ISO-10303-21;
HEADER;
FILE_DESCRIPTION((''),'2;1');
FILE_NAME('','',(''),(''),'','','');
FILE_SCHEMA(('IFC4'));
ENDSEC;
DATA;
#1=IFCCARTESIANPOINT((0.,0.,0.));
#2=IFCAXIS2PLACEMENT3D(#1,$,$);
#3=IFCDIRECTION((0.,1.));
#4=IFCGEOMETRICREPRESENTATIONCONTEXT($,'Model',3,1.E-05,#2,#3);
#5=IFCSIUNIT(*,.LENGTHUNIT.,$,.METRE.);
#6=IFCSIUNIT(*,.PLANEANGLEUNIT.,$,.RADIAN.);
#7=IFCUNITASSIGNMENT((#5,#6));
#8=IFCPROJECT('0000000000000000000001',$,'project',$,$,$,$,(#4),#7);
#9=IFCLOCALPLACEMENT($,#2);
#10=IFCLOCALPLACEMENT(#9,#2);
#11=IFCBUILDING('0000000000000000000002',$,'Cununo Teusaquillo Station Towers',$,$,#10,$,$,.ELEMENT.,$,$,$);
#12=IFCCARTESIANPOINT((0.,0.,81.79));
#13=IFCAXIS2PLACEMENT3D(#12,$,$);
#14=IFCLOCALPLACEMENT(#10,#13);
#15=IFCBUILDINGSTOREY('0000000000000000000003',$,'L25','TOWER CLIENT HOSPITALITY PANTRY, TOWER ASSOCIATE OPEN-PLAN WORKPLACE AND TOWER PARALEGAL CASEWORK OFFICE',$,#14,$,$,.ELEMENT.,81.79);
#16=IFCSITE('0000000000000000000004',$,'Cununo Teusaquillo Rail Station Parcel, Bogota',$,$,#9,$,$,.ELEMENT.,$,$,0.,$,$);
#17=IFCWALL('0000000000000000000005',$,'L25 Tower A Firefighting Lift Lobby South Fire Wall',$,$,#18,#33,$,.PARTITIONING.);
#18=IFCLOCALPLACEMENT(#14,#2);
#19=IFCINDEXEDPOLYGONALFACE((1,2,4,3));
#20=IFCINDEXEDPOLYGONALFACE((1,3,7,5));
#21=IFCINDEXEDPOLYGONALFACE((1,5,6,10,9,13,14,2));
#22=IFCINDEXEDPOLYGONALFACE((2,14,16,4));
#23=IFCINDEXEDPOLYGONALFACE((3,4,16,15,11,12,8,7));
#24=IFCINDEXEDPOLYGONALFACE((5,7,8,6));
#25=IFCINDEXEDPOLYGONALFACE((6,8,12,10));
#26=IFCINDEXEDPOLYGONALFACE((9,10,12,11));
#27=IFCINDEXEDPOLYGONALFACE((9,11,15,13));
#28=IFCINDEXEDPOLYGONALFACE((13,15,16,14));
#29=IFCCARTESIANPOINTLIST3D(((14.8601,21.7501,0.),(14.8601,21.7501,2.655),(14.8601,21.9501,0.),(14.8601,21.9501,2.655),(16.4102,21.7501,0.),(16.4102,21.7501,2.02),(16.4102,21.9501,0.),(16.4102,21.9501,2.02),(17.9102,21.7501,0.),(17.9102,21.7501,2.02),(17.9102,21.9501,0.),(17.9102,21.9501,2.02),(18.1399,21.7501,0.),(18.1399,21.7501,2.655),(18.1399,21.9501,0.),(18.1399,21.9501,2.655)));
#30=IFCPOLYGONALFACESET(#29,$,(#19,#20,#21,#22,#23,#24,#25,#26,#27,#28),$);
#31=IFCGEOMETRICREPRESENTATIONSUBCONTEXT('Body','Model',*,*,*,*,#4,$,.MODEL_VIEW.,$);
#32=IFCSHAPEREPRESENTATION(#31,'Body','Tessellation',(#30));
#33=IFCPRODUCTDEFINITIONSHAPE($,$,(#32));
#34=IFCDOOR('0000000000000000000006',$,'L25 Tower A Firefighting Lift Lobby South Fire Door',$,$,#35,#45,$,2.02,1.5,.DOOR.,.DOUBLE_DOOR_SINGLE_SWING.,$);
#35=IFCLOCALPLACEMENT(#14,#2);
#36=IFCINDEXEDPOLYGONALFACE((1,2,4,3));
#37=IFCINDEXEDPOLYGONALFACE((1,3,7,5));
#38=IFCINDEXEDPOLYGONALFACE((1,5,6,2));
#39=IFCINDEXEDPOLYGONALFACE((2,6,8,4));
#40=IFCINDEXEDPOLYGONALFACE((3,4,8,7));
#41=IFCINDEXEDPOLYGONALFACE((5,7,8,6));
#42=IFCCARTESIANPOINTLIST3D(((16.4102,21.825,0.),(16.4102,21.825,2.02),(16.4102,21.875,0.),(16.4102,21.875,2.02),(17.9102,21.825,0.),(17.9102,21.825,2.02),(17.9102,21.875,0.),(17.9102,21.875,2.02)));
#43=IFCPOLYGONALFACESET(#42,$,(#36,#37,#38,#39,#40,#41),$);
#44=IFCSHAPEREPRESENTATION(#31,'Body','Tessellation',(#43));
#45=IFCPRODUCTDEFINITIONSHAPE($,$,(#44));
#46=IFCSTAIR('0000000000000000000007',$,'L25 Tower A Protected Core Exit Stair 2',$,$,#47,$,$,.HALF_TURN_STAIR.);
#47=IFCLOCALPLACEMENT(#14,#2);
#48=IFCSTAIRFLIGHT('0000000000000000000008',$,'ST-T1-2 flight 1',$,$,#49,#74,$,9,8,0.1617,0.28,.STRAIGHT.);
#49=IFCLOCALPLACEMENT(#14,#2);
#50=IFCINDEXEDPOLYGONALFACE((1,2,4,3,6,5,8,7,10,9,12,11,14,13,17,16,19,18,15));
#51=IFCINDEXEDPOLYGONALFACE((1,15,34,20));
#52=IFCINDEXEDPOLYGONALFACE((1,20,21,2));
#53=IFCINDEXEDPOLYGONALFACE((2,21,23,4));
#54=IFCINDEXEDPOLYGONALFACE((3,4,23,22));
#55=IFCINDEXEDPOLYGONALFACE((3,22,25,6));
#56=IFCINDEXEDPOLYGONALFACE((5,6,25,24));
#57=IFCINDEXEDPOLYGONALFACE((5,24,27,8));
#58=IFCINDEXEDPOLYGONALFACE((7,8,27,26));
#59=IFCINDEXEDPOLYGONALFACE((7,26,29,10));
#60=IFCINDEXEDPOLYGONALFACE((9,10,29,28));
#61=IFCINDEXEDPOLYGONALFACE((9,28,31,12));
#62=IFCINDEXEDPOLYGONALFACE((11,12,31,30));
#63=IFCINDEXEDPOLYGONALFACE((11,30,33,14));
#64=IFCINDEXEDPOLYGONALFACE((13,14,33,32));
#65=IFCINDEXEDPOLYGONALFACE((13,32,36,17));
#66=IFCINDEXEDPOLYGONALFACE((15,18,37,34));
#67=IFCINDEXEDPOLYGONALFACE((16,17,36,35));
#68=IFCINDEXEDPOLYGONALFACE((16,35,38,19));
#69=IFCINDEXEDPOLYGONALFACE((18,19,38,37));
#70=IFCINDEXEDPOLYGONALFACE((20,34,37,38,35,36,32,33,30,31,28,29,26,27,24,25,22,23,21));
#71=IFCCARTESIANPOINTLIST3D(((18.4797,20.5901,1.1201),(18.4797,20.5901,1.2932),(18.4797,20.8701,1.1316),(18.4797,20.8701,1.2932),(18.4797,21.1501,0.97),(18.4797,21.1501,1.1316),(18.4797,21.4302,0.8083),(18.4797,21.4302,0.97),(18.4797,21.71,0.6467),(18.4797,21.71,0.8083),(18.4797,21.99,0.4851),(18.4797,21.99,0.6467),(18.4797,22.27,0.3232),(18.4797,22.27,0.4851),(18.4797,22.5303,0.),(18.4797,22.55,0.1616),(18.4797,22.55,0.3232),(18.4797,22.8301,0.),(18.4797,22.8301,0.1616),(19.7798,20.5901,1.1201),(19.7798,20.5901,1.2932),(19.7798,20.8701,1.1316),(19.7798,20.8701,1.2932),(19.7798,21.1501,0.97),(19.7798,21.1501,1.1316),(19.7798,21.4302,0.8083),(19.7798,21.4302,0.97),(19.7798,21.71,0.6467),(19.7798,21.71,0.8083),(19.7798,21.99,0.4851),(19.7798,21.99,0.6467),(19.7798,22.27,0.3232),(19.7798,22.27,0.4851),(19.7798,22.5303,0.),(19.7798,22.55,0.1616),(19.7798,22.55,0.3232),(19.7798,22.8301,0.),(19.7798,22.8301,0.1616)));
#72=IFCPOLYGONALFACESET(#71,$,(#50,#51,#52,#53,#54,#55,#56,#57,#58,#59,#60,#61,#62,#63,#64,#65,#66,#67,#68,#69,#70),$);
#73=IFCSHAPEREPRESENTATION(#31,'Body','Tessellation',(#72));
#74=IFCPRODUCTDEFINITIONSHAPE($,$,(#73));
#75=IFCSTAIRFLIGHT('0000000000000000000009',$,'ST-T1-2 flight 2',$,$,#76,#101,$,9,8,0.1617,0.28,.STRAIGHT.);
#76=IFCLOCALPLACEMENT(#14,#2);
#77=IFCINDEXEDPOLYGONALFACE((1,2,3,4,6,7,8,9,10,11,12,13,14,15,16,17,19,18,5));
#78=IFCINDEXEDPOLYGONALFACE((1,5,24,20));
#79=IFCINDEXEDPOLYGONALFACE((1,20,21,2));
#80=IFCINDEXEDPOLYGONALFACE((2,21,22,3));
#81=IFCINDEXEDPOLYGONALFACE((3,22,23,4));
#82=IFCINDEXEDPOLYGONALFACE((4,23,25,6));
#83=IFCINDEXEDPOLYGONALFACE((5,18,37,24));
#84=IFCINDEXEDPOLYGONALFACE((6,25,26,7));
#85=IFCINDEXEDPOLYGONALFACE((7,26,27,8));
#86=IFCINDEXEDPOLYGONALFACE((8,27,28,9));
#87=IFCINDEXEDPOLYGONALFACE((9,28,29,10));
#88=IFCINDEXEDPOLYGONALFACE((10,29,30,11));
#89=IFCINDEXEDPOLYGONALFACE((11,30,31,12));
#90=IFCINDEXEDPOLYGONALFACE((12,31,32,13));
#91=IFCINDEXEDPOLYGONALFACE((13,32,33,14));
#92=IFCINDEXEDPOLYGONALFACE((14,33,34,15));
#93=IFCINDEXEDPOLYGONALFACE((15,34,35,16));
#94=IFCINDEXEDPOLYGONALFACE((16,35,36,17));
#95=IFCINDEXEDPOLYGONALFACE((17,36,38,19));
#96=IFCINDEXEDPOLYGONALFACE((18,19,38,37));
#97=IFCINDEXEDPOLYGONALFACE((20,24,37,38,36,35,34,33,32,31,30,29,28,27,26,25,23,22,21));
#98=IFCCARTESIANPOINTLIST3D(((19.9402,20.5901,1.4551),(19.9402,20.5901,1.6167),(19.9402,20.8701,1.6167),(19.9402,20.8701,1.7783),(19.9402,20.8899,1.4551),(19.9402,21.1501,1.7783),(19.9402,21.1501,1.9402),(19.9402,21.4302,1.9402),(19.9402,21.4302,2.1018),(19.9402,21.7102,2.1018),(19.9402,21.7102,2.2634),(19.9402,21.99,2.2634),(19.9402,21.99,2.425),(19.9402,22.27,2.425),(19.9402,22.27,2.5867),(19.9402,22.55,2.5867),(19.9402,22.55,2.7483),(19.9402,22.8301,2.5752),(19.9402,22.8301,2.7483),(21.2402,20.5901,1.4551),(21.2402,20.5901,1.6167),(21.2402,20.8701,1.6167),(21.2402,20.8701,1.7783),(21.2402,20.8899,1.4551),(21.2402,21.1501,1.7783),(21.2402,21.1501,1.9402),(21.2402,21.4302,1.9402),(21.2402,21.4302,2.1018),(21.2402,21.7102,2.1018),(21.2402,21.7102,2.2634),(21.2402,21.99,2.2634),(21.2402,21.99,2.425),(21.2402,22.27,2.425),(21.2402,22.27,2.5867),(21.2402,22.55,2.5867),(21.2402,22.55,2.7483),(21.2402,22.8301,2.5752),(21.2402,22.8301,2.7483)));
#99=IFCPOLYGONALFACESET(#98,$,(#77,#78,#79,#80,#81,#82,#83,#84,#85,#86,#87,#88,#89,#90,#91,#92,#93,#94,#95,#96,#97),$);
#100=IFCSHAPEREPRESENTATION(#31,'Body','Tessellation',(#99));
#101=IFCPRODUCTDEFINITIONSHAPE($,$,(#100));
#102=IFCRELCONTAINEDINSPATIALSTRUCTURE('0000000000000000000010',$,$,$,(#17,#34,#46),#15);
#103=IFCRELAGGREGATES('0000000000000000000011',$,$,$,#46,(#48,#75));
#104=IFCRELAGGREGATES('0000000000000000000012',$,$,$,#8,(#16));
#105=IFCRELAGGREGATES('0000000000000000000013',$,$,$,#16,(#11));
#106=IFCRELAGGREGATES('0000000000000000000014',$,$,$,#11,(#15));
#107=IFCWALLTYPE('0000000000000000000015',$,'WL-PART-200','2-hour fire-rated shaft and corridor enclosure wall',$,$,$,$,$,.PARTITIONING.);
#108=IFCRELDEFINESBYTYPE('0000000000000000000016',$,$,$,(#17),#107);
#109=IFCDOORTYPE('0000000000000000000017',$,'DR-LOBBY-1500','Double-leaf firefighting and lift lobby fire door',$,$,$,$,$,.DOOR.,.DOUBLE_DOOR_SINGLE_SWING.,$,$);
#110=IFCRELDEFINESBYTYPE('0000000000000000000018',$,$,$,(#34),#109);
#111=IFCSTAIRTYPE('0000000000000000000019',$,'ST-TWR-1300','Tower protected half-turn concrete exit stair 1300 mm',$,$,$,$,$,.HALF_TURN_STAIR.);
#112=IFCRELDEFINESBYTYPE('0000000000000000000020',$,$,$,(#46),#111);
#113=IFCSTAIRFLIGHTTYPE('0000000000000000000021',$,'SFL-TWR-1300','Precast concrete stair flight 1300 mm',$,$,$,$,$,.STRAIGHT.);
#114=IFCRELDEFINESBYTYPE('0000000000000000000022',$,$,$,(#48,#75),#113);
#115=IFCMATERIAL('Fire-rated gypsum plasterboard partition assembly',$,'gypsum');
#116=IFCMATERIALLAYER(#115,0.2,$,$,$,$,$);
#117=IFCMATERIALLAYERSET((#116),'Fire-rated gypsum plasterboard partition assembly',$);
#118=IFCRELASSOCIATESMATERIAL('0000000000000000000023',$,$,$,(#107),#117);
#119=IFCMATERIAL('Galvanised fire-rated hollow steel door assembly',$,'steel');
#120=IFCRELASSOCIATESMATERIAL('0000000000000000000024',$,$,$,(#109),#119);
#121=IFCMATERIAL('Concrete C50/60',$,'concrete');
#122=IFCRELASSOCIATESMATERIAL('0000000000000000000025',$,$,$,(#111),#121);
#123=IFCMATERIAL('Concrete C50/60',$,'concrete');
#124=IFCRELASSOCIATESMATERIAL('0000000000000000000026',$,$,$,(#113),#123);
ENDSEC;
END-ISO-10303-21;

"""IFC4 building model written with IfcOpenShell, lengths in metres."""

from ifc_helpers import new_model, si_unit, direction, frame, frame_2d, origin, place, context, subcontext, project, spatial, polyline, rectangle, outline, extrude, source, transform, mapped, material, layer, layer_set, type_object, element, fill, aggregate, save


model = new_model("IFC4")

# Units and contexts
model_context = context("Model", 3, precision=1e-05, world=origin(), true_north=direction((0.0, 1.0)))
body_context = subcontext(model_context, "Body", "Model", "MODEL_VIEW")
ifc_project = project(units=[si_unit("LENGTHUNIT", "METRE"), si_unit("PLANEANGLEUNIT", "RADIAN")], contexts=[model_context])

# Site, building, storey
site_placement = place(None, origin())
site = spatial("IfcSite", under=ifc_project, at=site_placement, Name="Cununo Teusaquillo Rail Station Parcel, Bogota", CompositionType="ELEMENT", RefElevation=0.0)
building_placement = place(site_placement, origin())
building = spatial("IfcBuilding", under=site, at=building_placement, Name="Cununo Teusaquillo Station Towers", CompositionType="ELEMENT")
storey_placement = place(building_placement, frame((0.0, 0.0, 81.79)))
storey = spatial("IfcBuildingStorey", under=building, at=storey_placement, Name="L25", Description="TOWER CLIENT HOSPITALITY PANTRY, TOWER ASSOCIATE OPEN-PLAN WORKPLACE AND TOWER PARALEGAL CASEWORK OFFICE", CompositionType="ELEMENT", Elevation=81.79)

# Wall, opening, door
ifc_material_1 = material(Name="Fire-rated gypsum plasterboard partition assembly", Category="gypsum")
ifc_layer_1 = layer(ifc_material_1, 0.2)
ifc_layer_set_1 = layer_set([ifc_layer_1], Name="Fire-rated gypsum plasterboard partition assembly")
wall_type_1 = type_object("IfcWallType", Name="WL-PART-200", Description="2-hour fire-rated shaft and corridor enclosure wall", PredefinedType="PARTITIONING", material=ifc_layer_set_1)
wall_1_placement = place(storey_placement, frame((14.8601, 21.8501, 0.0), z_axis=(0.0, 0.0, 1.0), x_axis=(1.0, 0.0, 0.0)))
wall_1 = element("IfcWall", 1, at=wall_1_placement, inside=storey, type_object=wall_type_1, Name="L25 Tower A Firefighting Lift Lobby South Fire Wall", PredefinedType="PARTITIONING", context=body_context, shape_type="SweptSolid", body=[
    extrude(rectangle(XDim=3.2798, YDim=0.2, at=frame_2d((1.6399, 0.0))), origin(), (0.0, 0.0, 1.0), 2.655),
])
shared_shape_1 = source(origin(), body_context, "Body", "SweptSolid", [
    extrude(rectangle(XDim=1.5, YDim=2.02, at=frame_2d((0.75, 1.01))), frame((0.0, 0.1099, 0.0), z_axis=(0.0, -1.0, 0.0), x_axis=(1.0, 0.0, 0.0)), (0.0, 0.0, 1.0), 0.22),
])
opening_1_placement = place(wall_1_placement, frame((1.55, 0.0, 0.0)))
opening_1 = element("IfcOpeningElement", 2, at=opening_1_placement, cuts=wall_1, PredefinedType="OPENING", context=body_context, shape_type="MappedRepresentation", body=[
    mapped(shared_shape_1, transform((0.0, 0.0, 0.0), x_axis=(1.0, 0.0, 0.0), y_axis=(0.0, 1.0, 0.0), z_axis=(0.0, 0.0, 1.0), scale=1.0)),
])
ifc_material_2 = material(Name="Galvanised fire-rated hollow steel door assembly", Category="steel")
door_type_1 = type_object("IfcDoorType", Name="DR-LOBBY-1500", Description="Double-leaf firefighting and lift lobby fire door", OperationType="DOUBLE_DOOR_SINGLE_SWING", PredefinedType="DOOR", material=ifc_material_2)
shared_shape_2 = source(origin(), body_context, "Body", "SweptSolid", [
    extrude(rectangle(XDim=1.5, YDim=2.02, at=frame_2d((0.75, 1.01))), frame((0.0, 0.0249, 0.0), z_axis=(0.0, -1.0, 0.0), x_axis=(1.0, 0.0, 0.0)), (0.0, 0.0, 1.0), 0.05),
])
door_1_placement = place(opening_1_placement, origin())
door_1 = element("IfcDoor", 3, at=door_1_placement, inside=storey, type_object=door_type_1, Name="L25 Tower A Firefighting Lift Lobby South Fire Door", OperationType="DOUBLE_DOOR_SINGLE_SWING", OverallHeight=2.02, OverallWidth=1.5, PredefinedType="DOOR", context=body_context, shape_type="MappedRepresentation", body=[
    mapped(shared_shape_2, transform((0.0, 0.0, 0.0), x_axis=(1.0, 0.0, 0.0), y_axis=(0.0, 1.0, 0.0), z_axis=(0.0, 0.0, 1.0), scale=1.0)),
])
fill(opening_1, door_1)

# Stair, stair flights
ifc_material_3 = material(Name="Concrete C50/60", Category="concrete")
stair_type = type_object("IfcStairType", Name="ST-TWR-1300", Description="Tower protected half-turn concrete exit stair 1300 mm", PredefinedType="HALF_TURN_STAIR", material=ifc_material_3)
stair_placement = place(storey_placement, origin())
stair = element("IfcStair", 4, at=stair_placement, inside=storey, type_object=stair_type, Name="L25 Tower A Protected Core Exit Stair 2", PredefinedType="HALF_TURN_STAIR")
ifc_material_4 = material(Name="Concrete C50/60", Category="concrete")
stair_flight_type = type_object("IfcStairFlightType", Name="SFL-TWR-1300", Description="Precast concrete stair flight 1300 mm", PredefinedType="STRAIGHT", material=ifc_material_4)
stair_flight_1_placement = place(storey_placement, frame((19.1299, 22.8301, 0.0), z_axis=(0.0, 0.0, 1.0), x_axis=(0.0, -1.0, 0.0)))
stair_flight_1 = element("IfcStairFlight", 5, at=stair_flight_1_placement, type_object=stair_flight_type, Name="ST-T1-2 flight 1", NumberOfRisers=9, NumberOfTreads=8, PredefinedType="STRAIGHT", RiserHeight=0.1617, TreadLength=0.28, context=body_context, shape_type="SweptSolid", body=[
    extrude(outline(polyline([(0.0, 0.0), (0.0, 0.1616), (0.28, 0.1616), (0.28, 0.3232), (0.5601, 0.3232), (0.5601, 0.4851), (0.8401, 0.4851), (0.8401, 0.6467), (1.1201, 0.6467), (1.1201, 0.8083), (1.3999, 0.8083), (1.3999, 0.97), (1.6799, 0.97), (1.6799, 1.1316), (1.96, 1.1316), (1.96, 1.2932), (2.24, 1.2932), (2.24, 1.4551), (2.24, 1.1201), (0.2998, 0.0), (0.0, 0.0)])), frame((0.0, 0.6499, 0.0), z_axis=(0.0, -1.0, 0.0), x_axis=(1.0, 0.0, 0.0)), (0.0, 0.0, 1.0), 1.3),
])
stair_flight_2_placement = place(storey_placement, frame((20.5901, 20.5901, 1.4551), z_axis=(0.0, 0.0, 1.0), x_axis=(0.0, 1.0, 0.0)))
stair_flight_2 = element("IfcStairFlight", 6, at=stair_flight_2_placement, type_object=stair_flight_type, Name="ST-T1-2 flight 2", NumberOfRisers=9, NumberOfTreads=8, PredefinedType="STRAIGHT", RiserHeight=0.1617, TreadLength=0.28, context=body_context, shape_type="SweptSolid", body=[
    extrude(outline(polyline([(0.0, 0.0), (0.0, 0.1616), (0.28, 0.1616), (0.28, 0.3232), (0.5601, 0.3232), (0.5601, 0.4851), (0.8401, 0.4851), (0.8401, 0.6467), (1.1201, 0.6467), (1.1201, 0.8083), (1.3999, 0.8083), (1.3999, 0.97), (1.6799, 0.97), (1.6799, 1.1316), (1.96, 1.1316), (1.96, 1.2932), (2.24, 1.2932), (2.24, 1.4551), (2.24, 1.1201), (0.2998, 0.0), (0.0, 0.0)])), frame((0.0, 0.6499, 0.0), z_axis=(0.0, -1.0, 0.0), x_axis=(1.0, 0.0, 0.0)), (0.0, 0.0, 1.0), 1.3),
])
aggregate(stair, [stair_flight_1, stair_flight_2])

save(model, "model.ifc")
